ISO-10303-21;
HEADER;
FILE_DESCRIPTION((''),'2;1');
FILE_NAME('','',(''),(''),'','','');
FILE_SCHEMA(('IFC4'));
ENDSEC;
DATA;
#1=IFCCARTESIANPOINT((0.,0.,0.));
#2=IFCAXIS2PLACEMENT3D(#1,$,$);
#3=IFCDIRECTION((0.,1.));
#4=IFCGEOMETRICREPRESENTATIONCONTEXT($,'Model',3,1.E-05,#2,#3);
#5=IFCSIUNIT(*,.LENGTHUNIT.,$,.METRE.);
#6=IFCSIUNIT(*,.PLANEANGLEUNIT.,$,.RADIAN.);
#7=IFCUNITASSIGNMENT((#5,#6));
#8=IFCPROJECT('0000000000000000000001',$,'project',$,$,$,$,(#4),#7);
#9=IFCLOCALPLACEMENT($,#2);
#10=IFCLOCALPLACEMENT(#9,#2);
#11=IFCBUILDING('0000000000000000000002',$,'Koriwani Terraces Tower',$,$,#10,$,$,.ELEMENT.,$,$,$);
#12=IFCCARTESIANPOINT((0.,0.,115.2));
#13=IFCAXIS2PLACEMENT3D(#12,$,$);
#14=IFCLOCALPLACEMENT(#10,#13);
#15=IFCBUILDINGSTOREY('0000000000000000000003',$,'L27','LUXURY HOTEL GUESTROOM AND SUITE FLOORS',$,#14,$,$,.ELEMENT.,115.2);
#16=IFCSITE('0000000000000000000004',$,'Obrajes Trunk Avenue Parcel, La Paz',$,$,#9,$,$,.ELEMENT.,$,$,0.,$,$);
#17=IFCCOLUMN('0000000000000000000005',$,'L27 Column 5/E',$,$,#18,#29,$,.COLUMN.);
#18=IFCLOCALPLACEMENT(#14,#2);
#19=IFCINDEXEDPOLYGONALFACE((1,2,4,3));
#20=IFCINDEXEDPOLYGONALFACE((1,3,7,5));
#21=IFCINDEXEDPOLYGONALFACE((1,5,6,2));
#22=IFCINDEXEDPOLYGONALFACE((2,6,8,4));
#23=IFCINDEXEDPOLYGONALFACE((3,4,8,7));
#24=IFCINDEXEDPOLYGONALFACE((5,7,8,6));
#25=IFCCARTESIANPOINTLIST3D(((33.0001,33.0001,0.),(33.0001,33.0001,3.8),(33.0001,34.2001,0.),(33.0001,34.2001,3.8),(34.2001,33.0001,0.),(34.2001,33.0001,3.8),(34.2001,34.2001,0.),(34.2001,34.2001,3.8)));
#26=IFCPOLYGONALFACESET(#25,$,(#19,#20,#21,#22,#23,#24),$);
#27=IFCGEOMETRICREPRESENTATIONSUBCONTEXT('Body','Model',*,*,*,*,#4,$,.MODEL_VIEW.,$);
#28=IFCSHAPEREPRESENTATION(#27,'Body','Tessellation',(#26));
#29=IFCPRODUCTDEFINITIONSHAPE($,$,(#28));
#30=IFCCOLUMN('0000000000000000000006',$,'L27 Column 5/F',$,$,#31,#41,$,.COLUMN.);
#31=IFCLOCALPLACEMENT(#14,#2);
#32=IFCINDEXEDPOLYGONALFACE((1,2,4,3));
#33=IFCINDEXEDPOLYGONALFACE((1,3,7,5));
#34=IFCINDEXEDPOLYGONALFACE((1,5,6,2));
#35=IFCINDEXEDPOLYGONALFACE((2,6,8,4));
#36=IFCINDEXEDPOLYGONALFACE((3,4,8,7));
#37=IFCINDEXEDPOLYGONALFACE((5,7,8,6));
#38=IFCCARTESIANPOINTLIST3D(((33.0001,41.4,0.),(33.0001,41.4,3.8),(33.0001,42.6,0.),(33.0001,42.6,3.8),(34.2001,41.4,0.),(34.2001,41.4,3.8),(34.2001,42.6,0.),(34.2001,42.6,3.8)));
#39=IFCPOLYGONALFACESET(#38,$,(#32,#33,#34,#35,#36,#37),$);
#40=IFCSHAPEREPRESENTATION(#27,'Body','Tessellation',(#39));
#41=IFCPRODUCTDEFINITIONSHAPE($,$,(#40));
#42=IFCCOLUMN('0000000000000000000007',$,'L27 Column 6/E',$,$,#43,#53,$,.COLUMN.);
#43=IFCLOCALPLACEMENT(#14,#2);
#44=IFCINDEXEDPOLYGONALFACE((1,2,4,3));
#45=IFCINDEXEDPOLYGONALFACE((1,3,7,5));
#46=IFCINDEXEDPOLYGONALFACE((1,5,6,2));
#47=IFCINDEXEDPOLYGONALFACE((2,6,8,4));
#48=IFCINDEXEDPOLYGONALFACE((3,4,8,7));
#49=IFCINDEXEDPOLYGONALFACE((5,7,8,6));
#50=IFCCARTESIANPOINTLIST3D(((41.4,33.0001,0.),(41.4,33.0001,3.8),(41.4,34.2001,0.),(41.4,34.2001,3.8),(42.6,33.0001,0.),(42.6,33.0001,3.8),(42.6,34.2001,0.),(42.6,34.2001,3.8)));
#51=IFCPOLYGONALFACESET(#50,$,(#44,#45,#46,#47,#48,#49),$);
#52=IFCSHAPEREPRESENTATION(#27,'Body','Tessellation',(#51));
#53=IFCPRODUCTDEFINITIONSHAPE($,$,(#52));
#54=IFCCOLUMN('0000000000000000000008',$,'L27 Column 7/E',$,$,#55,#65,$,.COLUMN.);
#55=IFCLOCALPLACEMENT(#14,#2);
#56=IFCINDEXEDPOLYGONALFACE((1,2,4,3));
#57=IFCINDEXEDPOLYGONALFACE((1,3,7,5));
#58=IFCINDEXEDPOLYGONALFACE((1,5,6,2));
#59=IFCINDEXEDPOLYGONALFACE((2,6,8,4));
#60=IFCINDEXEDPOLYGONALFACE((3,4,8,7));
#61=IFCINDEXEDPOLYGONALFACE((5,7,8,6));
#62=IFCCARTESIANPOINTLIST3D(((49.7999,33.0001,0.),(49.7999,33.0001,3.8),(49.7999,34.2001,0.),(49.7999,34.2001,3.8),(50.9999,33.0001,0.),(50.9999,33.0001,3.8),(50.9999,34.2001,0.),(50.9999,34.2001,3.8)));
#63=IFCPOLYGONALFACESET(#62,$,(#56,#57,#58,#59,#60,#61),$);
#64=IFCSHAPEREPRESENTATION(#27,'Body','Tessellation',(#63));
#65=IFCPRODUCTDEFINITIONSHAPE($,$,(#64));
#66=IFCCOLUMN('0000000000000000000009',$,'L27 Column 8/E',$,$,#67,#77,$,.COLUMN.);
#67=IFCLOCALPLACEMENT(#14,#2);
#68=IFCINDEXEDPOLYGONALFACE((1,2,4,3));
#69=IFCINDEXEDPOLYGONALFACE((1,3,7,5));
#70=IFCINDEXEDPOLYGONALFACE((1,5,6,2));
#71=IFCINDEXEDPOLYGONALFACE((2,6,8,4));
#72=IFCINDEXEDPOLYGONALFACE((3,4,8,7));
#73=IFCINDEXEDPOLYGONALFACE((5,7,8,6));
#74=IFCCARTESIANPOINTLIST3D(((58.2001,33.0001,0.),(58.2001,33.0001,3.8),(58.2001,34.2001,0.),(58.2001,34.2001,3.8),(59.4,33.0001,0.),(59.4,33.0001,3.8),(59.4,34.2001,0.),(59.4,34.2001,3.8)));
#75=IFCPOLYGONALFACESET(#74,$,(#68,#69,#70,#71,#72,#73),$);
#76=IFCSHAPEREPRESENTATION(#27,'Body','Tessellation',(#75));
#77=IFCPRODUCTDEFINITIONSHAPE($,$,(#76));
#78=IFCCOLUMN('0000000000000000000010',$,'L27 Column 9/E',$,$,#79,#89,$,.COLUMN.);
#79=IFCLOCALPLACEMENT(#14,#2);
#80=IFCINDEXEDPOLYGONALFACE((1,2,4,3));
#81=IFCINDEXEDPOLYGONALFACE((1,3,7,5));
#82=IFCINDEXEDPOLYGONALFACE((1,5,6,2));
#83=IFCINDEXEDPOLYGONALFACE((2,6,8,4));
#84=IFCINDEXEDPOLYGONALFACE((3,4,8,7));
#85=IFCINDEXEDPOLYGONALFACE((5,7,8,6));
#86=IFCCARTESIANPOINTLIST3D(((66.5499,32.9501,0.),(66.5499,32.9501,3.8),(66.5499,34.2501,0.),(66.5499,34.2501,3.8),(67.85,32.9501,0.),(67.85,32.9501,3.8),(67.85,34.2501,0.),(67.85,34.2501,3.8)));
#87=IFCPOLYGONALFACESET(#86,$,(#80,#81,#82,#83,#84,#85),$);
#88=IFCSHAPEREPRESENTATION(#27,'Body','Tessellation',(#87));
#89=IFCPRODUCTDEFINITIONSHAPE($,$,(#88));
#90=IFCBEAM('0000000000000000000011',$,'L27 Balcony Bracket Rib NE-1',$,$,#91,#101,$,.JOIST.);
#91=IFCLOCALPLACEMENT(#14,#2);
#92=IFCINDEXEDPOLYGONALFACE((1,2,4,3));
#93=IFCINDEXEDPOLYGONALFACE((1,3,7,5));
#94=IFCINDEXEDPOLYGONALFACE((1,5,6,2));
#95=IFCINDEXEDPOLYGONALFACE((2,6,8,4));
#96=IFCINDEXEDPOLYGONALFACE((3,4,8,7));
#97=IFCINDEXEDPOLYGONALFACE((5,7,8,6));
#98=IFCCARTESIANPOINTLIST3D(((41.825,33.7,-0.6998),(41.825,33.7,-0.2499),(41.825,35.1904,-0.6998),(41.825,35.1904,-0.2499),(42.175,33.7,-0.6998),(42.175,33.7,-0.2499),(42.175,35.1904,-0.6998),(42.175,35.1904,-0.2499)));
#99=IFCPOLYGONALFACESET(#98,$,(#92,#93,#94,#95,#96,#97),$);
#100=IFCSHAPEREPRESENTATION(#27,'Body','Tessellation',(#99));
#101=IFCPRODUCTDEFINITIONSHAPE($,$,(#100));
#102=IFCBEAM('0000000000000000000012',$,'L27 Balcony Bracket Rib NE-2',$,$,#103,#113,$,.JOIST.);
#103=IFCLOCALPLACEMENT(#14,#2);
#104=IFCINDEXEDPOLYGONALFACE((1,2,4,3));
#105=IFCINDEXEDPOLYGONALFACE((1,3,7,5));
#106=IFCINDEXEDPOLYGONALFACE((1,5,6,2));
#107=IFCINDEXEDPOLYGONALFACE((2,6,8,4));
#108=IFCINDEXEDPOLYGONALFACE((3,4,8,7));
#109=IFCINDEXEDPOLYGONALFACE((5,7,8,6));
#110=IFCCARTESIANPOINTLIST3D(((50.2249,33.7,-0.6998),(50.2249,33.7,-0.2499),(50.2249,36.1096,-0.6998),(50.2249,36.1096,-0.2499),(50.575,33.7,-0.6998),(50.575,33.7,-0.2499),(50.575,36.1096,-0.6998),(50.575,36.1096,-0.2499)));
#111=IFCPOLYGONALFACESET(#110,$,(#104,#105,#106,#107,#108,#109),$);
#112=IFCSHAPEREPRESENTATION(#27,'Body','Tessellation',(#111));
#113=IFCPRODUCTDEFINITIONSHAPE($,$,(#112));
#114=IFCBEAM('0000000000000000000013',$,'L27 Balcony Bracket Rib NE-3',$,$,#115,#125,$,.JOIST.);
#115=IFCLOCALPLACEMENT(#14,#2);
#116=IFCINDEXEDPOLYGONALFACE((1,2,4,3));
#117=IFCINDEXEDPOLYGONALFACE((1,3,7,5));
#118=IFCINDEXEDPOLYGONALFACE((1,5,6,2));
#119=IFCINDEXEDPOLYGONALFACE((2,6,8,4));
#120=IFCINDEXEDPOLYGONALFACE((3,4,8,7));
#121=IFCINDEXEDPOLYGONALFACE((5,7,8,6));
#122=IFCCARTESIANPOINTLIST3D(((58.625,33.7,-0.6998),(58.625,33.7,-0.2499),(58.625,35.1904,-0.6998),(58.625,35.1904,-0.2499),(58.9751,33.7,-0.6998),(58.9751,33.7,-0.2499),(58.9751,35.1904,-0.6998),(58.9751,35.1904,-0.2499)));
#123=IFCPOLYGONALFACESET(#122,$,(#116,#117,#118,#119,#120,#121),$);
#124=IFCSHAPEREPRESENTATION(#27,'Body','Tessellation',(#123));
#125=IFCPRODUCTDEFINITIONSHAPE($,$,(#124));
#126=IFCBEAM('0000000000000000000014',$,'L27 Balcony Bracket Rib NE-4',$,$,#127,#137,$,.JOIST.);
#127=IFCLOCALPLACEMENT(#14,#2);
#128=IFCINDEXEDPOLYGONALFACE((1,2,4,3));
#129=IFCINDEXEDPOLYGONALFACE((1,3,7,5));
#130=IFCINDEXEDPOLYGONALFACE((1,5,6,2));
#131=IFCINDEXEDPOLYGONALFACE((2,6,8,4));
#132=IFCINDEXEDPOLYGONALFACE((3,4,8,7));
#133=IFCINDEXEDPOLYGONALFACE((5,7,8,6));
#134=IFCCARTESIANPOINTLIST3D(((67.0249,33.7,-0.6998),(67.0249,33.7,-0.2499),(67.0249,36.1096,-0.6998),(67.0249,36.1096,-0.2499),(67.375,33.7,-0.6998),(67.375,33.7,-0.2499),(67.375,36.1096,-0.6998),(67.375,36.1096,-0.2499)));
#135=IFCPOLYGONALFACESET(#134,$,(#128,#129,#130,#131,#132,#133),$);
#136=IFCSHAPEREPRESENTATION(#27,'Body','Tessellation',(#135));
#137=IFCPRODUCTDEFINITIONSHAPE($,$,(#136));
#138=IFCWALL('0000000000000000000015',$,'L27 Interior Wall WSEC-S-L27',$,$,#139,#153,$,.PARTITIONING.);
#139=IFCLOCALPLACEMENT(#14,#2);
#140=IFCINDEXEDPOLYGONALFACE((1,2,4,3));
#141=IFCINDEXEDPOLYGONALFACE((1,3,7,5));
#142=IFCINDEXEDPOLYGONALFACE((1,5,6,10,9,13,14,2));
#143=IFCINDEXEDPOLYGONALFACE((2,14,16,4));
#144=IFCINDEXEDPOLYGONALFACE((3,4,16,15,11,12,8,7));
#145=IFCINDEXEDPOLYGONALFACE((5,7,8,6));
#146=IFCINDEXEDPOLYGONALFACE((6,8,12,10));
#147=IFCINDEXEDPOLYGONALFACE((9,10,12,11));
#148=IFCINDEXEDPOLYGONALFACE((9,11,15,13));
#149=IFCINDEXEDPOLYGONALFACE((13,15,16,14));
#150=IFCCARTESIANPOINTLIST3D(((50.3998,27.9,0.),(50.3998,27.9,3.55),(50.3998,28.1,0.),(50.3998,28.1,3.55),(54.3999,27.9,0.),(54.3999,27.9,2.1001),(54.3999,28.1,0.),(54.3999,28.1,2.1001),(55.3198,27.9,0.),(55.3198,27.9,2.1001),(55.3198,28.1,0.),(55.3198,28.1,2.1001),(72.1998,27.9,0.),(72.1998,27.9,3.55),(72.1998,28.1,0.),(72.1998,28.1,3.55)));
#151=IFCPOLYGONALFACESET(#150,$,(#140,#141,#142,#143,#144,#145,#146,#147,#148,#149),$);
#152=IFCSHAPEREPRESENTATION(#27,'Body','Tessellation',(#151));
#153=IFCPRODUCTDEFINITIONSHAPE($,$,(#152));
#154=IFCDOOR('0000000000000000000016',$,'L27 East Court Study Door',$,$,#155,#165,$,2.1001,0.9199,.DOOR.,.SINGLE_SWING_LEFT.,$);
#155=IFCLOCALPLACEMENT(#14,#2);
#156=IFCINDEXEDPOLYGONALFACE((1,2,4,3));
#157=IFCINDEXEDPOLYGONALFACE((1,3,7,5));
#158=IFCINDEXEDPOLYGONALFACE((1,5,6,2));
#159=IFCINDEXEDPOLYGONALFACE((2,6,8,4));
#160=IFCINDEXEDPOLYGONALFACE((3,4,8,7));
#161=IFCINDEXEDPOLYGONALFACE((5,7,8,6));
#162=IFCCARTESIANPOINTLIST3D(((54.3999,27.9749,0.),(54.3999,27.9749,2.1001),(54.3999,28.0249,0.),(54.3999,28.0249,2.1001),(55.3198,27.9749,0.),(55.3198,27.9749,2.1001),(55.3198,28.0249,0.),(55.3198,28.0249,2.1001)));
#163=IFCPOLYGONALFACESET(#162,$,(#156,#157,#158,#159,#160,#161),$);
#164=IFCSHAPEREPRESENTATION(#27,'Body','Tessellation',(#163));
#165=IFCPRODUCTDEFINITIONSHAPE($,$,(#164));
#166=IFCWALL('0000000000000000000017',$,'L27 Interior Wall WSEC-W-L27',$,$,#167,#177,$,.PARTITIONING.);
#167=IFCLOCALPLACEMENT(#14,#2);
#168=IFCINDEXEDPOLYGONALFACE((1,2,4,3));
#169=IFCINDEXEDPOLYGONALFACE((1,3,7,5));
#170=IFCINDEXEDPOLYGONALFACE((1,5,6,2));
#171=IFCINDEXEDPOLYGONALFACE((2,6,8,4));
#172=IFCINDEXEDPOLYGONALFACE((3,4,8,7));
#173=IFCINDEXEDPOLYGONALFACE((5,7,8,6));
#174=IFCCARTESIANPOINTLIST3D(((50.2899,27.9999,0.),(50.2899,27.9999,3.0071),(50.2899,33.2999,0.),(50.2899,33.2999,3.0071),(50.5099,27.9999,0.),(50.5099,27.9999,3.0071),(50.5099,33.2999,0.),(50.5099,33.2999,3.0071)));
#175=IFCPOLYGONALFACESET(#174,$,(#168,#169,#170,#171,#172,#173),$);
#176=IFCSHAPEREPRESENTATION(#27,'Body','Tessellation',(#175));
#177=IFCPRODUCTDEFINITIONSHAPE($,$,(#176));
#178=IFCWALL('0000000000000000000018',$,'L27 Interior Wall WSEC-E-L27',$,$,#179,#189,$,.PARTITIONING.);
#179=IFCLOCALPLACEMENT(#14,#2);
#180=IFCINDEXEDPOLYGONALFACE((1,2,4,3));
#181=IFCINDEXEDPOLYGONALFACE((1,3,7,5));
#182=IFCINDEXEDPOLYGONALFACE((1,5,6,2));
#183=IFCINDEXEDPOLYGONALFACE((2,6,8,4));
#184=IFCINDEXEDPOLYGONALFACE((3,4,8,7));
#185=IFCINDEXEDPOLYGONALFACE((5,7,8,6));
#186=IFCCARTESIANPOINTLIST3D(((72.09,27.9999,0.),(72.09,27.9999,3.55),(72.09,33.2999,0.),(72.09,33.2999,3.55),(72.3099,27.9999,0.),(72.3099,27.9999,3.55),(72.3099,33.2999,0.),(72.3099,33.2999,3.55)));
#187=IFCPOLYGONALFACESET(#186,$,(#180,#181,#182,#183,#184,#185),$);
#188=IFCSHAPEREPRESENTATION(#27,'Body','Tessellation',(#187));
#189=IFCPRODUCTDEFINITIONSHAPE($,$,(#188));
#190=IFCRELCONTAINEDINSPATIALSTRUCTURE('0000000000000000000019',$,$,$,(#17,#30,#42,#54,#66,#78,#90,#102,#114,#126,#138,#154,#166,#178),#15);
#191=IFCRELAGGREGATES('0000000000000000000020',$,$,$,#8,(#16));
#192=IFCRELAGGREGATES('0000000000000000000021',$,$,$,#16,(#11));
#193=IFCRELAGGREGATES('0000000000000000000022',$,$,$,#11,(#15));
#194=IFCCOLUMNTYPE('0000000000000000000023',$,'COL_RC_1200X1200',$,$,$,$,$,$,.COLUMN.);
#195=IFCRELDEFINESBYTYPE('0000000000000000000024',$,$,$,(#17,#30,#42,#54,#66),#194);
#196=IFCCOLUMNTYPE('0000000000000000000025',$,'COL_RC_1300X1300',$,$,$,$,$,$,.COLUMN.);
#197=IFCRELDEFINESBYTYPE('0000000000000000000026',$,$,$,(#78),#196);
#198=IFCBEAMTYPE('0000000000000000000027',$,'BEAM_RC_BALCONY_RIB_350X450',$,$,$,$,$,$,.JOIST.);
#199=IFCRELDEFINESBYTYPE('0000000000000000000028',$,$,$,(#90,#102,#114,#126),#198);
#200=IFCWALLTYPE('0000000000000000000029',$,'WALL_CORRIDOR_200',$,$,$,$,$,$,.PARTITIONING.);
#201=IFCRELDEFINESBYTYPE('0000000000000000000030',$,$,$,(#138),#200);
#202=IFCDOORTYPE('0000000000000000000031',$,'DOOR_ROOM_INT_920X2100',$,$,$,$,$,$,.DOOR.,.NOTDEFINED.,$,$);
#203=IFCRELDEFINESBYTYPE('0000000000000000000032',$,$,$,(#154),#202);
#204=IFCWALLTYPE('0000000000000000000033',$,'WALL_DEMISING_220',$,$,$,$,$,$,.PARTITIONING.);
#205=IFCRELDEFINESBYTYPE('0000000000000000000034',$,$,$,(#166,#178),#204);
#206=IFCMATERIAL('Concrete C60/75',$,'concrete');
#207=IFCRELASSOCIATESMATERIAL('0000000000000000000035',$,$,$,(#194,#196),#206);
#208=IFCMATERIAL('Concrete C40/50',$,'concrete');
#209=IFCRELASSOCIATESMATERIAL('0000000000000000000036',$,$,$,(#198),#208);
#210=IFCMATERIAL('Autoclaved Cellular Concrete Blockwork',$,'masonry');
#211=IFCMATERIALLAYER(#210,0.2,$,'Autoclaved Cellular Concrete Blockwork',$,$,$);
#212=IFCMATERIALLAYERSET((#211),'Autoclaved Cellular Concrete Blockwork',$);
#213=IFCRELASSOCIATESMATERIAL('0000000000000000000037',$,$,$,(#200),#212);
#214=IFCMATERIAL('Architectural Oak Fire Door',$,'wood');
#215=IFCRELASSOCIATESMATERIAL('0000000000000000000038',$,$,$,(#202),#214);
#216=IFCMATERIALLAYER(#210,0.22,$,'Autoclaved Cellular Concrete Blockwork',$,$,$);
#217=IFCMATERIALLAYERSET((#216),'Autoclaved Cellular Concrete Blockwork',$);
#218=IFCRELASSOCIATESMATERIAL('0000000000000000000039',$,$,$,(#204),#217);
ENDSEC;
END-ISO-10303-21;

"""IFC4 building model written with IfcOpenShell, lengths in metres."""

from ifc_helpers import new_model, si_unit, direction, frame, frame_2d, origin, origin_2d, place, context, subcontext, project, spatial, rectangle, extrude, material, layer, layer_set, material_profile, profile_set, type_object, element, fill, save


model = new_model("IFC4")

# Units and contexts
model_context = context("Model", 3, precision=1e-05, world=origin(), true_north=direction((0.0, 1.0)))
body_context = subcontext(model_context, "Body", "Model", "MODEL_VIEW")
ifc_project = project(units=[si_unit("LENGTHUNIT", "METRE"), si_unit("PLANEANGLEUNIT", "RADIAN")], contexts=[model_context])

# Site, building, storey
site_placement = place(None, origin())
site = spatial("IfcSite", under=ifc_project, at=site_placement, Name="Obrajes Trunk Avenue Parcel, La Paz", CompositionType="ELEMENT", RefElevation=0.0)
building_placement = place(site_placement, origin())
building = spatial("IfcBuilding", under=site, at=building_placement, Name="Koriwani Terraces Tower", CompositionType="ELEMENT")
storey_placement = place(building_placement, frame((0.0, 0.0, 115.2)))
storey = spatial("IfcBuildingStorey", under=building, at=storey_placement, Name="L27", Description="LUXURY HOTEL GUESTROOM AND SUITE FLOORS", CompositionType="ELEMENT", Elevation=115.2)

# Columns
ifc_material_1 = material(Name="Concrete C60/75", Category="concrete")
ifc_material_profile_1 = material_profile(ifc_material_1, rectangle(XDim=1.2, YDim=1.2, at=origin_2d()), Name="Concrete C60/75", Category="LoadBearing")
ifc_profile_set_1 = profile_set([ifc_material_profile_1], Name="Concrete C60/75")
column_type_1 = type_object("IfcColumnType", Name="COL_RC_1200X1200", PredefinedType="COLUMN", material=ifc_profile_set_1)
for number, where, z_axis, x_axis, name in (
    (1, (33.6001, 33.6001, 0.0), (0.0, 0.0, 1.0), (1.0, 0.0, 0.0), "L27 Column 5/E"),
    (2, (33.6001, 42.0, 0.0), (0.0, 0.0, 1.0), (1.0, 0.0, 0.0), "L27 Column 5/F"),
    (3, (42.0, 33.6001, 0.0), (0.0, 0.0, 1.0), (1.0, 0.0, 0.0), "L27 Column 6/E"),
    (4, (50.3999, 33.6001, 0.0), (0.0, 0.0, 1.0), (1.0, 0.0, 0.0), "L27 Column 7/E"),
    (5, (58.8, 33.6001, 0.0), (0.0, 0.0, 1.0), (1.0, 0.0, 0.0), "L27 Column 8/E"),
):
    element("IfcColumn", number, at=place(storey_placement, frame(where, z_axis=z_axis, x_axis=x_axis)), inside=storey, type_object=column_type_1, Name=name, PredefinedType="COLUMN", context=body_context, shape_type="SweptSolid", body=[
        extrude(rectangle(XDim=1.2, YDim=1.2, at=origin_2d()), origin(), (0.0, 0.0, 1.0), 3.8),
    ])
ifc_material_profile_2 = material_profile(ifc_material_1, rectangle(XDim=1.3, YDim=1.3, at=origin_2d()), Name="Concrete C60/75", Category="LoadBearing")
ifc_profile_set_2 = profile_set([ifc_material_profile_2], Name="Concrete C60/75")
column_type_2 = type_object("IfcColumnType", Name="COL_RC_1300X1300", PredefinedType="COLUMN", material=ifc_profile_set_2)
column_placement = place(storey_placement, frame((67.2, 33.6001, 0.0), z_axis=(0.0, 0.0, 1.0), x_axis=(1.0, 0.0, 0.0)))
element("IfcColumn", 6, at=column_placement, inside=storey, type_object=column_type_2, Name="L27 Column 9/E", PredefinedType="COLUMN", context=body_context, shape_type="SweptSolid", body=[
    extrude(rectangle(XDim=1.3, YDim=1.3, at=origin_2d()), origin(), (0.0, 0.0, 1.0), 3.8),
])

# Beams
ifc_material_2 = material(Name="Concrete C40/50", Category="concrete")
ifc_material_profile_3 = material_profile(ifc_material_2, rectangle(XDim=0.3501, YDim=0.45, at=origin_2d()), Name="Concrete C40/50", Category="LoadBearing")
ifc_profile_set_3 = profile_set([ifc_material_profile_3], Name="Concrete C40/50")
beam_type = type_object("IfcBeamType", Name="BEAM_RC_BALCONY_RIB_350X450", PredefinedType="JOIST", material=ifc_profile_set_3)
beam_1_placement = place(storey_placement, frame((42.0, 33.7, -0.4749), z_axis=(0.0, 1.0, 0.0), x_axis=(-1.0, 0.0, 0.0)))
element("IfcBeam", 7, at=beam_1_placement, inside=storey, type_object=beam_type, Name="L27 Balcony Bracket Rib NE-1", PredefinedType="JOIST", context=body_context, shape_type="SweptSolid", body=[
    extrude(rectangle(XDim=0.3501, YDim=0.45, at=origin_2d()), origin(), (0.0, 0.0, 1.0), 1.4905),
])
beam_2_placement = place(storey_placement, frame((50.3999, 33.7, -0.4749), z_axis=(0.0, 1.0, 0.0), x_axis=(-1.0, 0.0, 0.0)))
element("IfcBeam", 8, at=beam_2_placement, inside=storey, type_object=beam_type, Name="L27 Balcony Bracket Rib NE-2", PredefinedType="JOIST", context=body_context, shape_type="SweptSolid", body=[
    extrude(rectangle(XDim=0.3501, YDim=0.45, at=origin_2d()), origin(), (0.0, 0.0, 1.0), 2.4097),
])
beam_3_placement = place(storey_placement, frame((58.8, 33.7, -0.4749), z_axis=(0.0, 1.0, 0.0), x_axis=(-1.0, 0.0, 0.0)))
element("IfcBeam", 9, at=beam_3_placement, inside=storey, type_object=beam_type, Name="L27 Balcony Bracket Rib NE-3", PredefinedType="JOIST", context=body_context, shape_type="SweptSolid", body=[
    extrude(rectangle(XDim=0.3501, YDim=0.45, at=origin_2d()), origin(), (0.0, 0.0, 1.0), 1.4905),
])
beam_4_placement = place(storey_placement, frame((67.2, 33.7, -0.4749), z_axis=(0.0, 1.0, 0.0), x_axis=(-1.0, 0.0, 0.0)))
element("IfcBeam", 10, at=beam_4_placement, inside=storey, type_object=beam_type, Name="L27 Balcony Bracket Rib NE-4", PredefinedType="JOIST", context=body_context, shape_type="SweptSolid", body=[
    extrude(rectangle(XDim=0.3501, YDim=0.45, at=origin_2d()), origin(), (0.0, 0.0, 1.0), 2.4097),
])

# Wall, opening, door
ifc_material_3 = material(Name="Autoclaved Cellular Concrete Blockwork", Category="masonry")
ifc_layer_1 = layer(ifc_material_3, 0.2, Name="Autoclaved Cellular Concrete Blockwork")
ifc_layer_set_1 = layer_set([ifc_layer_1], Name="Autoclaved Cellular Concrete Blockwork")
wall_type_1 = type_object("IfcWallType", Name="WALL_CORRIDOR_200", PredefinedType="PARTITIONING", material=ifc_layer_set_1)
wall_1_placement = place(storey_placement, frame((50.3999, 28.0, 0.0), z_axis=(0.0, 0.0, 1.0), x_axis=(1.0, 0.0, 0.0)))
wall_1 = element("IfcWall", 11, at=wall_1_placement, inside=storey, type_object=wall_type_1, Name="L27 Interior Wall WSEC-S-L27", PredefinedType="PARTITIONING", context=body_context, shape_type="SweptSolid", body=[
    extrude(rectangle(XDim=21.8, YDim=0.2, at=frame_2d((10.8999, 0.0))), origin(), (0.0, 0.0, 1.0), 3.55),
])
opening_1_placement = place(wall_1_placement, frame((4.0, 0.0, 0.0)))
opening_1 = element("IfcOpeningElement", 12, at=opening_1_placement, cuts=wall_1, PredefinedType="OPENING", context=body_context, shape_type="SweptSolid", body=[
    extrude(rectangle(XDim=0.9199, YDim=2.1001, at=frame_2d((0.46, 1.05))), frame((0.0, 0.1099, 0.0), z_axis=(0.0, -1.0, 0.0), x_axis=(1.0, 0.0, 0.0)), (0.0, 0.0, 1.0), 0.22),
])
ifc_material_4 = material(Name="Architectural Oak Fire Door", Category="wood")
door_type_1 = type_object("IfcDoorType", Name="DOOR_ROOM_INT_920X2100", OperationType="NOTDEFINED", PredefinedType="DOOR", material=ifc_material_4)
door_1_placement = place(opening_1_placement, origin())
door_1 = element("IfcDoor", 13, at=door_1_placement, inside=storey, type_object=door_type_1, Name="L27 East Court Study Door", OperationType="SINGLE_SWING_LEFT", OverallHeight=2.1001, OverallWidth=0.9199, PredefinedType="DOOR", context=body_context, shape_type="SweptSolid", body=[
    extrude(rectangle(XDim=0.9199, YDim=2.1001, at=frame_2d((0.46, 1.05))), frame((0.0, 0.0249, 0.0), z_axis=(0.0, -1.0, 0.0), x_axis=(1.0, 0.0, 0.0)), (0.0, 0.0, 1.0), 0.05),
])
fill(opening_1, door_1)

# Walls
ifc_layer_2 = layer(ifc_material_3, 0.22, Name="Autoclaved Cellular Concrete Blockwork")
ifc_layer_set_2 = layer_set([ifc_layer_2], Name="Autoclaved Cellular Concrete Blockwork")
wall_type_2 = type_object("IfcWallType", Name="WALL_DEMISING_220", PredefinedType="PARTITIONING", material=ifc_layer_set_2)
wall_2_placement = place(storey_placement, frame((50.3999, 28.0, 0.0), z_axis=(0.0, 0.0, 1.0), x_axis=(0.0, 1.0, 0.0)))
element("IfcWall", 14, at=wall_2_placement, inside=storey, type_object=wall_type_2, Name="L27 Interior Wall WSEC-W-L27", PredefinedType="PARTITIONING", context=body_context, shape_type="SweptSolid", body=[
    extrude(rectangle(XDim=5.3, YDim=0.22, at=frame_2d((2.6499, 0.0))), origin(), (0.0, 0.0, 1.0), 3.0071),
])
wall_3_placement = place(storey_placement, frame((72.2, 28.0, 0.0), z_axis=(0.0, 0.0, 1.0), x_axis=(0.0, 1.0, 0.0)))
element("IfcWall", 15, at=wall_3_placement, inside=storey, type_object=wall_type_2, Name="L27 Interior Wall WSEC-E-L27", PredefinedType="PARTITIONING", context=body_context, shape_type="SweptSolid", body=[
    extrude(rectangle(XDim=5.3, YDim=0.22, at=frame_2d((2.6499, 0.0))), origin(), (0.0, 0.0, 1.0), 3.55),
])

save(model, "model.ifc")
